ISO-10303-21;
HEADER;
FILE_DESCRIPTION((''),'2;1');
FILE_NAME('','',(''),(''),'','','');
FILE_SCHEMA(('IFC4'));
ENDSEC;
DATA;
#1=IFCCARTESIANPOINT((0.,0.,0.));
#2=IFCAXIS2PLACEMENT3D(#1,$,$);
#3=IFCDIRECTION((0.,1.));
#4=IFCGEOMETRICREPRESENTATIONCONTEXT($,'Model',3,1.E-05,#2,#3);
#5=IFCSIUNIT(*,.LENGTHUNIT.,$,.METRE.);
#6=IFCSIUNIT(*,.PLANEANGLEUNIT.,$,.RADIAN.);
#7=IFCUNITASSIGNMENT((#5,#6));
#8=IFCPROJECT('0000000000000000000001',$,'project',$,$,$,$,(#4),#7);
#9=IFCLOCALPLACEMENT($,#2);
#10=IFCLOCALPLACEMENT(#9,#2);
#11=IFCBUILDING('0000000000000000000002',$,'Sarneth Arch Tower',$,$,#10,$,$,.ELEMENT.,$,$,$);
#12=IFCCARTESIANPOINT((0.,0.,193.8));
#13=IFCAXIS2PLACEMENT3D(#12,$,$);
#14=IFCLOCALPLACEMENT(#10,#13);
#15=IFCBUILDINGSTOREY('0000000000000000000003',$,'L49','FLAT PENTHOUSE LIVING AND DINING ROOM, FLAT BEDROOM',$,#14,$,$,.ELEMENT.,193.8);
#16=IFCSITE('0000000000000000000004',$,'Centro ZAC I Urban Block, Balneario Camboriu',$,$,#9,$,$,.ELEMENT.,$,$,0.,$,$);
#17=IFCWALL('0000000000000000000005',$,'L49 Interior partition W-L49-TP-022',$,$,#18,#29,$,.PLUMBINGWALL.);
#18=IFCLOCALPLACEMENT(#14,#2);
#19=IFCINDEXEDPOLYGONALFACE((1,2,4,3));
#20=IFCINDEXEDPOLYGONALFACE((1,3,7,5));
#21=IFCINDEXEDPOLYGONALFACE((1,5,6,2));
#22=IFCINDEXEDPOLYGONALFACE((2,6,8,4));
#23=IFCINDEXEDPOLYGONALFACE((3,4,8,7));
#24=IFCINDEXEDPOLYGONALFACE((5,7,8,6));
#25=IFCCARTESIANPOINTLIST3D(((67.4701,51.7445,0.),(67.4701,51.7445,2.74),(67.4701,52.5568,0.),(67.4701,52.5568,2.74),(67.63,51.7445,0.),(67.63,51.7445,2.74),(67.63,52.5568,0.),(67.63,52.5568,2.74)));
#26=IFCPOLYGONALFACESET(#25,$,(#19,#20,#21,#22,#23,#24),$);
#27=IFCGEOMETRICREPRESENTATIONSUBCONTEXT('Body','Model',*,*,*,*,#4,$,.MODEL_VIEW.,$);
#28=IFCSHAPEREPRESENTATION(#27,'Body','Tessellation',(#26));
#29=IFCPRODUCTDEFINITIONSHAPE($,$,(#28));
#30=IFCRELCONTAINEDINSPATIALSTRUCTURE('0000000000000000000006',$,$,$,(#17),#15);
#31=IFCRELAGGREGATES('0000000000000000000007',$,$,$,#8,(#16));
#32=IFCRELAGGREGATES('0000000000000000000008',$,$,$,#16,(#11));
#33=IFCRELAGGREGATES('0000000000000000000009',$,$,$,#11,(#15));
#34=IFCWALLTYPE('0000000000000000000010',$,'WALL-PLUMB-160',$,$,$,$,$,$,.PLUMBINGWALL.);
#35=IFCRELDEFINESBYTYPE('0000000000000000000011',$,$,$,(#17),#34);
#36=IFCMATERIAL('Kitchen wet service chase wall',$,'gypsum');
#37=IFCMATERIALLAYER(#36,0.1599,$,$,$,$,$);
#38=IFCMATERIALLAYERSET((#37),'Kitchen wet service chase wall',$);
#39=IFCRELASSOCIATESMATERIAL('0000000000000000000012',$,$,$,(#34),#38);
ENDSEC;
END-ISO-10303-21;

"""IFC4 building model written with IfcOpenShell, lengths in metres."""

from ifc_helpers import new_model, si_unit, direction, frame, frame_2d, origin, place, context, subcontext, project, spatial, rectangle, extrude, material, layer, layer_set, type_object, element, save


model = new_model("IFC4")

# Units and contexts
model_context = context("Model", 3, precision=1e-05, world=origin(), true_north=direction((0.0, 1.0)))
body_context = subcontext(model_context, "Body", "Model", "MODEL_VIEW")
ifc_project = project(units=[si_unit("LENGTHUNIT", "METRE"), si_unit("PLANEANGLEUNIT", "RADIAN")], contexts=[model_context])

# Site, building, storey
site_placement = place(None, origin())
site = spatial("IfcSite", under=ifc_project, at=site_placement, Name="Centro ZAC I Urban Block, Balneario Camboriu", CompositionType="ELEMENT", RefElevation=0.0)
building_placement = place(site_placement, origin())
building = spatial("IfcBuilding", under=site, at=building_placement, Name="Sarneth Arch Tower", CompositionType="ELEMENT")
storey_placement = place(building_placement, frame((0.0, 0.0, 193.8)))
storey = spatial("IfcBuildingStorey", under=building, at=storey_placement, Name="L49", Description="FLAT PENTHOUSE LIVING AND DINING ROOM, FLAT BEDROOM", CompositionType="ELEMENT", Elevation=193.8)

# Wall
ifc_material_1 = material(Name="Kitchen wet service chase wall", Category="gypsum")
ifc_layer_1 = layer(ifc_material_1, 0.1599)
ifc_layer_set_1 = layer_set([ifc_layer_1], Name="Kitchen wet service chase wall")
wall_type_1 = type_object("IfcWallType", Name="WALL-PLUMB-160", PredefinedType="PLUMBINGWALL", material=ifc_layer_set_1)
wall_1_placement = place(storey_placement, frame((67.55, 51.7444, 0.0), z_axis=(0.0, 0.0, 1.0), x_axis=(0.0, 1.0, 0.0)))
element("IfcWall", 1, at=wall_1_placement, inside=storey, type_object=wall_type_1, Name="L49 Interior partition W-L49-TP-022", PredefinedType="PLUMBINGWALL", context=body_context, shape_type="SweptSolid", body=[
    extrude(rectangle(XDim=0.8123, YDim=0.1599, at=frame_2d((0.4062, 0.0))), origin(), (0.0, 0.0, 1.0), 2.74),
])

save(model, "model.ifc")
